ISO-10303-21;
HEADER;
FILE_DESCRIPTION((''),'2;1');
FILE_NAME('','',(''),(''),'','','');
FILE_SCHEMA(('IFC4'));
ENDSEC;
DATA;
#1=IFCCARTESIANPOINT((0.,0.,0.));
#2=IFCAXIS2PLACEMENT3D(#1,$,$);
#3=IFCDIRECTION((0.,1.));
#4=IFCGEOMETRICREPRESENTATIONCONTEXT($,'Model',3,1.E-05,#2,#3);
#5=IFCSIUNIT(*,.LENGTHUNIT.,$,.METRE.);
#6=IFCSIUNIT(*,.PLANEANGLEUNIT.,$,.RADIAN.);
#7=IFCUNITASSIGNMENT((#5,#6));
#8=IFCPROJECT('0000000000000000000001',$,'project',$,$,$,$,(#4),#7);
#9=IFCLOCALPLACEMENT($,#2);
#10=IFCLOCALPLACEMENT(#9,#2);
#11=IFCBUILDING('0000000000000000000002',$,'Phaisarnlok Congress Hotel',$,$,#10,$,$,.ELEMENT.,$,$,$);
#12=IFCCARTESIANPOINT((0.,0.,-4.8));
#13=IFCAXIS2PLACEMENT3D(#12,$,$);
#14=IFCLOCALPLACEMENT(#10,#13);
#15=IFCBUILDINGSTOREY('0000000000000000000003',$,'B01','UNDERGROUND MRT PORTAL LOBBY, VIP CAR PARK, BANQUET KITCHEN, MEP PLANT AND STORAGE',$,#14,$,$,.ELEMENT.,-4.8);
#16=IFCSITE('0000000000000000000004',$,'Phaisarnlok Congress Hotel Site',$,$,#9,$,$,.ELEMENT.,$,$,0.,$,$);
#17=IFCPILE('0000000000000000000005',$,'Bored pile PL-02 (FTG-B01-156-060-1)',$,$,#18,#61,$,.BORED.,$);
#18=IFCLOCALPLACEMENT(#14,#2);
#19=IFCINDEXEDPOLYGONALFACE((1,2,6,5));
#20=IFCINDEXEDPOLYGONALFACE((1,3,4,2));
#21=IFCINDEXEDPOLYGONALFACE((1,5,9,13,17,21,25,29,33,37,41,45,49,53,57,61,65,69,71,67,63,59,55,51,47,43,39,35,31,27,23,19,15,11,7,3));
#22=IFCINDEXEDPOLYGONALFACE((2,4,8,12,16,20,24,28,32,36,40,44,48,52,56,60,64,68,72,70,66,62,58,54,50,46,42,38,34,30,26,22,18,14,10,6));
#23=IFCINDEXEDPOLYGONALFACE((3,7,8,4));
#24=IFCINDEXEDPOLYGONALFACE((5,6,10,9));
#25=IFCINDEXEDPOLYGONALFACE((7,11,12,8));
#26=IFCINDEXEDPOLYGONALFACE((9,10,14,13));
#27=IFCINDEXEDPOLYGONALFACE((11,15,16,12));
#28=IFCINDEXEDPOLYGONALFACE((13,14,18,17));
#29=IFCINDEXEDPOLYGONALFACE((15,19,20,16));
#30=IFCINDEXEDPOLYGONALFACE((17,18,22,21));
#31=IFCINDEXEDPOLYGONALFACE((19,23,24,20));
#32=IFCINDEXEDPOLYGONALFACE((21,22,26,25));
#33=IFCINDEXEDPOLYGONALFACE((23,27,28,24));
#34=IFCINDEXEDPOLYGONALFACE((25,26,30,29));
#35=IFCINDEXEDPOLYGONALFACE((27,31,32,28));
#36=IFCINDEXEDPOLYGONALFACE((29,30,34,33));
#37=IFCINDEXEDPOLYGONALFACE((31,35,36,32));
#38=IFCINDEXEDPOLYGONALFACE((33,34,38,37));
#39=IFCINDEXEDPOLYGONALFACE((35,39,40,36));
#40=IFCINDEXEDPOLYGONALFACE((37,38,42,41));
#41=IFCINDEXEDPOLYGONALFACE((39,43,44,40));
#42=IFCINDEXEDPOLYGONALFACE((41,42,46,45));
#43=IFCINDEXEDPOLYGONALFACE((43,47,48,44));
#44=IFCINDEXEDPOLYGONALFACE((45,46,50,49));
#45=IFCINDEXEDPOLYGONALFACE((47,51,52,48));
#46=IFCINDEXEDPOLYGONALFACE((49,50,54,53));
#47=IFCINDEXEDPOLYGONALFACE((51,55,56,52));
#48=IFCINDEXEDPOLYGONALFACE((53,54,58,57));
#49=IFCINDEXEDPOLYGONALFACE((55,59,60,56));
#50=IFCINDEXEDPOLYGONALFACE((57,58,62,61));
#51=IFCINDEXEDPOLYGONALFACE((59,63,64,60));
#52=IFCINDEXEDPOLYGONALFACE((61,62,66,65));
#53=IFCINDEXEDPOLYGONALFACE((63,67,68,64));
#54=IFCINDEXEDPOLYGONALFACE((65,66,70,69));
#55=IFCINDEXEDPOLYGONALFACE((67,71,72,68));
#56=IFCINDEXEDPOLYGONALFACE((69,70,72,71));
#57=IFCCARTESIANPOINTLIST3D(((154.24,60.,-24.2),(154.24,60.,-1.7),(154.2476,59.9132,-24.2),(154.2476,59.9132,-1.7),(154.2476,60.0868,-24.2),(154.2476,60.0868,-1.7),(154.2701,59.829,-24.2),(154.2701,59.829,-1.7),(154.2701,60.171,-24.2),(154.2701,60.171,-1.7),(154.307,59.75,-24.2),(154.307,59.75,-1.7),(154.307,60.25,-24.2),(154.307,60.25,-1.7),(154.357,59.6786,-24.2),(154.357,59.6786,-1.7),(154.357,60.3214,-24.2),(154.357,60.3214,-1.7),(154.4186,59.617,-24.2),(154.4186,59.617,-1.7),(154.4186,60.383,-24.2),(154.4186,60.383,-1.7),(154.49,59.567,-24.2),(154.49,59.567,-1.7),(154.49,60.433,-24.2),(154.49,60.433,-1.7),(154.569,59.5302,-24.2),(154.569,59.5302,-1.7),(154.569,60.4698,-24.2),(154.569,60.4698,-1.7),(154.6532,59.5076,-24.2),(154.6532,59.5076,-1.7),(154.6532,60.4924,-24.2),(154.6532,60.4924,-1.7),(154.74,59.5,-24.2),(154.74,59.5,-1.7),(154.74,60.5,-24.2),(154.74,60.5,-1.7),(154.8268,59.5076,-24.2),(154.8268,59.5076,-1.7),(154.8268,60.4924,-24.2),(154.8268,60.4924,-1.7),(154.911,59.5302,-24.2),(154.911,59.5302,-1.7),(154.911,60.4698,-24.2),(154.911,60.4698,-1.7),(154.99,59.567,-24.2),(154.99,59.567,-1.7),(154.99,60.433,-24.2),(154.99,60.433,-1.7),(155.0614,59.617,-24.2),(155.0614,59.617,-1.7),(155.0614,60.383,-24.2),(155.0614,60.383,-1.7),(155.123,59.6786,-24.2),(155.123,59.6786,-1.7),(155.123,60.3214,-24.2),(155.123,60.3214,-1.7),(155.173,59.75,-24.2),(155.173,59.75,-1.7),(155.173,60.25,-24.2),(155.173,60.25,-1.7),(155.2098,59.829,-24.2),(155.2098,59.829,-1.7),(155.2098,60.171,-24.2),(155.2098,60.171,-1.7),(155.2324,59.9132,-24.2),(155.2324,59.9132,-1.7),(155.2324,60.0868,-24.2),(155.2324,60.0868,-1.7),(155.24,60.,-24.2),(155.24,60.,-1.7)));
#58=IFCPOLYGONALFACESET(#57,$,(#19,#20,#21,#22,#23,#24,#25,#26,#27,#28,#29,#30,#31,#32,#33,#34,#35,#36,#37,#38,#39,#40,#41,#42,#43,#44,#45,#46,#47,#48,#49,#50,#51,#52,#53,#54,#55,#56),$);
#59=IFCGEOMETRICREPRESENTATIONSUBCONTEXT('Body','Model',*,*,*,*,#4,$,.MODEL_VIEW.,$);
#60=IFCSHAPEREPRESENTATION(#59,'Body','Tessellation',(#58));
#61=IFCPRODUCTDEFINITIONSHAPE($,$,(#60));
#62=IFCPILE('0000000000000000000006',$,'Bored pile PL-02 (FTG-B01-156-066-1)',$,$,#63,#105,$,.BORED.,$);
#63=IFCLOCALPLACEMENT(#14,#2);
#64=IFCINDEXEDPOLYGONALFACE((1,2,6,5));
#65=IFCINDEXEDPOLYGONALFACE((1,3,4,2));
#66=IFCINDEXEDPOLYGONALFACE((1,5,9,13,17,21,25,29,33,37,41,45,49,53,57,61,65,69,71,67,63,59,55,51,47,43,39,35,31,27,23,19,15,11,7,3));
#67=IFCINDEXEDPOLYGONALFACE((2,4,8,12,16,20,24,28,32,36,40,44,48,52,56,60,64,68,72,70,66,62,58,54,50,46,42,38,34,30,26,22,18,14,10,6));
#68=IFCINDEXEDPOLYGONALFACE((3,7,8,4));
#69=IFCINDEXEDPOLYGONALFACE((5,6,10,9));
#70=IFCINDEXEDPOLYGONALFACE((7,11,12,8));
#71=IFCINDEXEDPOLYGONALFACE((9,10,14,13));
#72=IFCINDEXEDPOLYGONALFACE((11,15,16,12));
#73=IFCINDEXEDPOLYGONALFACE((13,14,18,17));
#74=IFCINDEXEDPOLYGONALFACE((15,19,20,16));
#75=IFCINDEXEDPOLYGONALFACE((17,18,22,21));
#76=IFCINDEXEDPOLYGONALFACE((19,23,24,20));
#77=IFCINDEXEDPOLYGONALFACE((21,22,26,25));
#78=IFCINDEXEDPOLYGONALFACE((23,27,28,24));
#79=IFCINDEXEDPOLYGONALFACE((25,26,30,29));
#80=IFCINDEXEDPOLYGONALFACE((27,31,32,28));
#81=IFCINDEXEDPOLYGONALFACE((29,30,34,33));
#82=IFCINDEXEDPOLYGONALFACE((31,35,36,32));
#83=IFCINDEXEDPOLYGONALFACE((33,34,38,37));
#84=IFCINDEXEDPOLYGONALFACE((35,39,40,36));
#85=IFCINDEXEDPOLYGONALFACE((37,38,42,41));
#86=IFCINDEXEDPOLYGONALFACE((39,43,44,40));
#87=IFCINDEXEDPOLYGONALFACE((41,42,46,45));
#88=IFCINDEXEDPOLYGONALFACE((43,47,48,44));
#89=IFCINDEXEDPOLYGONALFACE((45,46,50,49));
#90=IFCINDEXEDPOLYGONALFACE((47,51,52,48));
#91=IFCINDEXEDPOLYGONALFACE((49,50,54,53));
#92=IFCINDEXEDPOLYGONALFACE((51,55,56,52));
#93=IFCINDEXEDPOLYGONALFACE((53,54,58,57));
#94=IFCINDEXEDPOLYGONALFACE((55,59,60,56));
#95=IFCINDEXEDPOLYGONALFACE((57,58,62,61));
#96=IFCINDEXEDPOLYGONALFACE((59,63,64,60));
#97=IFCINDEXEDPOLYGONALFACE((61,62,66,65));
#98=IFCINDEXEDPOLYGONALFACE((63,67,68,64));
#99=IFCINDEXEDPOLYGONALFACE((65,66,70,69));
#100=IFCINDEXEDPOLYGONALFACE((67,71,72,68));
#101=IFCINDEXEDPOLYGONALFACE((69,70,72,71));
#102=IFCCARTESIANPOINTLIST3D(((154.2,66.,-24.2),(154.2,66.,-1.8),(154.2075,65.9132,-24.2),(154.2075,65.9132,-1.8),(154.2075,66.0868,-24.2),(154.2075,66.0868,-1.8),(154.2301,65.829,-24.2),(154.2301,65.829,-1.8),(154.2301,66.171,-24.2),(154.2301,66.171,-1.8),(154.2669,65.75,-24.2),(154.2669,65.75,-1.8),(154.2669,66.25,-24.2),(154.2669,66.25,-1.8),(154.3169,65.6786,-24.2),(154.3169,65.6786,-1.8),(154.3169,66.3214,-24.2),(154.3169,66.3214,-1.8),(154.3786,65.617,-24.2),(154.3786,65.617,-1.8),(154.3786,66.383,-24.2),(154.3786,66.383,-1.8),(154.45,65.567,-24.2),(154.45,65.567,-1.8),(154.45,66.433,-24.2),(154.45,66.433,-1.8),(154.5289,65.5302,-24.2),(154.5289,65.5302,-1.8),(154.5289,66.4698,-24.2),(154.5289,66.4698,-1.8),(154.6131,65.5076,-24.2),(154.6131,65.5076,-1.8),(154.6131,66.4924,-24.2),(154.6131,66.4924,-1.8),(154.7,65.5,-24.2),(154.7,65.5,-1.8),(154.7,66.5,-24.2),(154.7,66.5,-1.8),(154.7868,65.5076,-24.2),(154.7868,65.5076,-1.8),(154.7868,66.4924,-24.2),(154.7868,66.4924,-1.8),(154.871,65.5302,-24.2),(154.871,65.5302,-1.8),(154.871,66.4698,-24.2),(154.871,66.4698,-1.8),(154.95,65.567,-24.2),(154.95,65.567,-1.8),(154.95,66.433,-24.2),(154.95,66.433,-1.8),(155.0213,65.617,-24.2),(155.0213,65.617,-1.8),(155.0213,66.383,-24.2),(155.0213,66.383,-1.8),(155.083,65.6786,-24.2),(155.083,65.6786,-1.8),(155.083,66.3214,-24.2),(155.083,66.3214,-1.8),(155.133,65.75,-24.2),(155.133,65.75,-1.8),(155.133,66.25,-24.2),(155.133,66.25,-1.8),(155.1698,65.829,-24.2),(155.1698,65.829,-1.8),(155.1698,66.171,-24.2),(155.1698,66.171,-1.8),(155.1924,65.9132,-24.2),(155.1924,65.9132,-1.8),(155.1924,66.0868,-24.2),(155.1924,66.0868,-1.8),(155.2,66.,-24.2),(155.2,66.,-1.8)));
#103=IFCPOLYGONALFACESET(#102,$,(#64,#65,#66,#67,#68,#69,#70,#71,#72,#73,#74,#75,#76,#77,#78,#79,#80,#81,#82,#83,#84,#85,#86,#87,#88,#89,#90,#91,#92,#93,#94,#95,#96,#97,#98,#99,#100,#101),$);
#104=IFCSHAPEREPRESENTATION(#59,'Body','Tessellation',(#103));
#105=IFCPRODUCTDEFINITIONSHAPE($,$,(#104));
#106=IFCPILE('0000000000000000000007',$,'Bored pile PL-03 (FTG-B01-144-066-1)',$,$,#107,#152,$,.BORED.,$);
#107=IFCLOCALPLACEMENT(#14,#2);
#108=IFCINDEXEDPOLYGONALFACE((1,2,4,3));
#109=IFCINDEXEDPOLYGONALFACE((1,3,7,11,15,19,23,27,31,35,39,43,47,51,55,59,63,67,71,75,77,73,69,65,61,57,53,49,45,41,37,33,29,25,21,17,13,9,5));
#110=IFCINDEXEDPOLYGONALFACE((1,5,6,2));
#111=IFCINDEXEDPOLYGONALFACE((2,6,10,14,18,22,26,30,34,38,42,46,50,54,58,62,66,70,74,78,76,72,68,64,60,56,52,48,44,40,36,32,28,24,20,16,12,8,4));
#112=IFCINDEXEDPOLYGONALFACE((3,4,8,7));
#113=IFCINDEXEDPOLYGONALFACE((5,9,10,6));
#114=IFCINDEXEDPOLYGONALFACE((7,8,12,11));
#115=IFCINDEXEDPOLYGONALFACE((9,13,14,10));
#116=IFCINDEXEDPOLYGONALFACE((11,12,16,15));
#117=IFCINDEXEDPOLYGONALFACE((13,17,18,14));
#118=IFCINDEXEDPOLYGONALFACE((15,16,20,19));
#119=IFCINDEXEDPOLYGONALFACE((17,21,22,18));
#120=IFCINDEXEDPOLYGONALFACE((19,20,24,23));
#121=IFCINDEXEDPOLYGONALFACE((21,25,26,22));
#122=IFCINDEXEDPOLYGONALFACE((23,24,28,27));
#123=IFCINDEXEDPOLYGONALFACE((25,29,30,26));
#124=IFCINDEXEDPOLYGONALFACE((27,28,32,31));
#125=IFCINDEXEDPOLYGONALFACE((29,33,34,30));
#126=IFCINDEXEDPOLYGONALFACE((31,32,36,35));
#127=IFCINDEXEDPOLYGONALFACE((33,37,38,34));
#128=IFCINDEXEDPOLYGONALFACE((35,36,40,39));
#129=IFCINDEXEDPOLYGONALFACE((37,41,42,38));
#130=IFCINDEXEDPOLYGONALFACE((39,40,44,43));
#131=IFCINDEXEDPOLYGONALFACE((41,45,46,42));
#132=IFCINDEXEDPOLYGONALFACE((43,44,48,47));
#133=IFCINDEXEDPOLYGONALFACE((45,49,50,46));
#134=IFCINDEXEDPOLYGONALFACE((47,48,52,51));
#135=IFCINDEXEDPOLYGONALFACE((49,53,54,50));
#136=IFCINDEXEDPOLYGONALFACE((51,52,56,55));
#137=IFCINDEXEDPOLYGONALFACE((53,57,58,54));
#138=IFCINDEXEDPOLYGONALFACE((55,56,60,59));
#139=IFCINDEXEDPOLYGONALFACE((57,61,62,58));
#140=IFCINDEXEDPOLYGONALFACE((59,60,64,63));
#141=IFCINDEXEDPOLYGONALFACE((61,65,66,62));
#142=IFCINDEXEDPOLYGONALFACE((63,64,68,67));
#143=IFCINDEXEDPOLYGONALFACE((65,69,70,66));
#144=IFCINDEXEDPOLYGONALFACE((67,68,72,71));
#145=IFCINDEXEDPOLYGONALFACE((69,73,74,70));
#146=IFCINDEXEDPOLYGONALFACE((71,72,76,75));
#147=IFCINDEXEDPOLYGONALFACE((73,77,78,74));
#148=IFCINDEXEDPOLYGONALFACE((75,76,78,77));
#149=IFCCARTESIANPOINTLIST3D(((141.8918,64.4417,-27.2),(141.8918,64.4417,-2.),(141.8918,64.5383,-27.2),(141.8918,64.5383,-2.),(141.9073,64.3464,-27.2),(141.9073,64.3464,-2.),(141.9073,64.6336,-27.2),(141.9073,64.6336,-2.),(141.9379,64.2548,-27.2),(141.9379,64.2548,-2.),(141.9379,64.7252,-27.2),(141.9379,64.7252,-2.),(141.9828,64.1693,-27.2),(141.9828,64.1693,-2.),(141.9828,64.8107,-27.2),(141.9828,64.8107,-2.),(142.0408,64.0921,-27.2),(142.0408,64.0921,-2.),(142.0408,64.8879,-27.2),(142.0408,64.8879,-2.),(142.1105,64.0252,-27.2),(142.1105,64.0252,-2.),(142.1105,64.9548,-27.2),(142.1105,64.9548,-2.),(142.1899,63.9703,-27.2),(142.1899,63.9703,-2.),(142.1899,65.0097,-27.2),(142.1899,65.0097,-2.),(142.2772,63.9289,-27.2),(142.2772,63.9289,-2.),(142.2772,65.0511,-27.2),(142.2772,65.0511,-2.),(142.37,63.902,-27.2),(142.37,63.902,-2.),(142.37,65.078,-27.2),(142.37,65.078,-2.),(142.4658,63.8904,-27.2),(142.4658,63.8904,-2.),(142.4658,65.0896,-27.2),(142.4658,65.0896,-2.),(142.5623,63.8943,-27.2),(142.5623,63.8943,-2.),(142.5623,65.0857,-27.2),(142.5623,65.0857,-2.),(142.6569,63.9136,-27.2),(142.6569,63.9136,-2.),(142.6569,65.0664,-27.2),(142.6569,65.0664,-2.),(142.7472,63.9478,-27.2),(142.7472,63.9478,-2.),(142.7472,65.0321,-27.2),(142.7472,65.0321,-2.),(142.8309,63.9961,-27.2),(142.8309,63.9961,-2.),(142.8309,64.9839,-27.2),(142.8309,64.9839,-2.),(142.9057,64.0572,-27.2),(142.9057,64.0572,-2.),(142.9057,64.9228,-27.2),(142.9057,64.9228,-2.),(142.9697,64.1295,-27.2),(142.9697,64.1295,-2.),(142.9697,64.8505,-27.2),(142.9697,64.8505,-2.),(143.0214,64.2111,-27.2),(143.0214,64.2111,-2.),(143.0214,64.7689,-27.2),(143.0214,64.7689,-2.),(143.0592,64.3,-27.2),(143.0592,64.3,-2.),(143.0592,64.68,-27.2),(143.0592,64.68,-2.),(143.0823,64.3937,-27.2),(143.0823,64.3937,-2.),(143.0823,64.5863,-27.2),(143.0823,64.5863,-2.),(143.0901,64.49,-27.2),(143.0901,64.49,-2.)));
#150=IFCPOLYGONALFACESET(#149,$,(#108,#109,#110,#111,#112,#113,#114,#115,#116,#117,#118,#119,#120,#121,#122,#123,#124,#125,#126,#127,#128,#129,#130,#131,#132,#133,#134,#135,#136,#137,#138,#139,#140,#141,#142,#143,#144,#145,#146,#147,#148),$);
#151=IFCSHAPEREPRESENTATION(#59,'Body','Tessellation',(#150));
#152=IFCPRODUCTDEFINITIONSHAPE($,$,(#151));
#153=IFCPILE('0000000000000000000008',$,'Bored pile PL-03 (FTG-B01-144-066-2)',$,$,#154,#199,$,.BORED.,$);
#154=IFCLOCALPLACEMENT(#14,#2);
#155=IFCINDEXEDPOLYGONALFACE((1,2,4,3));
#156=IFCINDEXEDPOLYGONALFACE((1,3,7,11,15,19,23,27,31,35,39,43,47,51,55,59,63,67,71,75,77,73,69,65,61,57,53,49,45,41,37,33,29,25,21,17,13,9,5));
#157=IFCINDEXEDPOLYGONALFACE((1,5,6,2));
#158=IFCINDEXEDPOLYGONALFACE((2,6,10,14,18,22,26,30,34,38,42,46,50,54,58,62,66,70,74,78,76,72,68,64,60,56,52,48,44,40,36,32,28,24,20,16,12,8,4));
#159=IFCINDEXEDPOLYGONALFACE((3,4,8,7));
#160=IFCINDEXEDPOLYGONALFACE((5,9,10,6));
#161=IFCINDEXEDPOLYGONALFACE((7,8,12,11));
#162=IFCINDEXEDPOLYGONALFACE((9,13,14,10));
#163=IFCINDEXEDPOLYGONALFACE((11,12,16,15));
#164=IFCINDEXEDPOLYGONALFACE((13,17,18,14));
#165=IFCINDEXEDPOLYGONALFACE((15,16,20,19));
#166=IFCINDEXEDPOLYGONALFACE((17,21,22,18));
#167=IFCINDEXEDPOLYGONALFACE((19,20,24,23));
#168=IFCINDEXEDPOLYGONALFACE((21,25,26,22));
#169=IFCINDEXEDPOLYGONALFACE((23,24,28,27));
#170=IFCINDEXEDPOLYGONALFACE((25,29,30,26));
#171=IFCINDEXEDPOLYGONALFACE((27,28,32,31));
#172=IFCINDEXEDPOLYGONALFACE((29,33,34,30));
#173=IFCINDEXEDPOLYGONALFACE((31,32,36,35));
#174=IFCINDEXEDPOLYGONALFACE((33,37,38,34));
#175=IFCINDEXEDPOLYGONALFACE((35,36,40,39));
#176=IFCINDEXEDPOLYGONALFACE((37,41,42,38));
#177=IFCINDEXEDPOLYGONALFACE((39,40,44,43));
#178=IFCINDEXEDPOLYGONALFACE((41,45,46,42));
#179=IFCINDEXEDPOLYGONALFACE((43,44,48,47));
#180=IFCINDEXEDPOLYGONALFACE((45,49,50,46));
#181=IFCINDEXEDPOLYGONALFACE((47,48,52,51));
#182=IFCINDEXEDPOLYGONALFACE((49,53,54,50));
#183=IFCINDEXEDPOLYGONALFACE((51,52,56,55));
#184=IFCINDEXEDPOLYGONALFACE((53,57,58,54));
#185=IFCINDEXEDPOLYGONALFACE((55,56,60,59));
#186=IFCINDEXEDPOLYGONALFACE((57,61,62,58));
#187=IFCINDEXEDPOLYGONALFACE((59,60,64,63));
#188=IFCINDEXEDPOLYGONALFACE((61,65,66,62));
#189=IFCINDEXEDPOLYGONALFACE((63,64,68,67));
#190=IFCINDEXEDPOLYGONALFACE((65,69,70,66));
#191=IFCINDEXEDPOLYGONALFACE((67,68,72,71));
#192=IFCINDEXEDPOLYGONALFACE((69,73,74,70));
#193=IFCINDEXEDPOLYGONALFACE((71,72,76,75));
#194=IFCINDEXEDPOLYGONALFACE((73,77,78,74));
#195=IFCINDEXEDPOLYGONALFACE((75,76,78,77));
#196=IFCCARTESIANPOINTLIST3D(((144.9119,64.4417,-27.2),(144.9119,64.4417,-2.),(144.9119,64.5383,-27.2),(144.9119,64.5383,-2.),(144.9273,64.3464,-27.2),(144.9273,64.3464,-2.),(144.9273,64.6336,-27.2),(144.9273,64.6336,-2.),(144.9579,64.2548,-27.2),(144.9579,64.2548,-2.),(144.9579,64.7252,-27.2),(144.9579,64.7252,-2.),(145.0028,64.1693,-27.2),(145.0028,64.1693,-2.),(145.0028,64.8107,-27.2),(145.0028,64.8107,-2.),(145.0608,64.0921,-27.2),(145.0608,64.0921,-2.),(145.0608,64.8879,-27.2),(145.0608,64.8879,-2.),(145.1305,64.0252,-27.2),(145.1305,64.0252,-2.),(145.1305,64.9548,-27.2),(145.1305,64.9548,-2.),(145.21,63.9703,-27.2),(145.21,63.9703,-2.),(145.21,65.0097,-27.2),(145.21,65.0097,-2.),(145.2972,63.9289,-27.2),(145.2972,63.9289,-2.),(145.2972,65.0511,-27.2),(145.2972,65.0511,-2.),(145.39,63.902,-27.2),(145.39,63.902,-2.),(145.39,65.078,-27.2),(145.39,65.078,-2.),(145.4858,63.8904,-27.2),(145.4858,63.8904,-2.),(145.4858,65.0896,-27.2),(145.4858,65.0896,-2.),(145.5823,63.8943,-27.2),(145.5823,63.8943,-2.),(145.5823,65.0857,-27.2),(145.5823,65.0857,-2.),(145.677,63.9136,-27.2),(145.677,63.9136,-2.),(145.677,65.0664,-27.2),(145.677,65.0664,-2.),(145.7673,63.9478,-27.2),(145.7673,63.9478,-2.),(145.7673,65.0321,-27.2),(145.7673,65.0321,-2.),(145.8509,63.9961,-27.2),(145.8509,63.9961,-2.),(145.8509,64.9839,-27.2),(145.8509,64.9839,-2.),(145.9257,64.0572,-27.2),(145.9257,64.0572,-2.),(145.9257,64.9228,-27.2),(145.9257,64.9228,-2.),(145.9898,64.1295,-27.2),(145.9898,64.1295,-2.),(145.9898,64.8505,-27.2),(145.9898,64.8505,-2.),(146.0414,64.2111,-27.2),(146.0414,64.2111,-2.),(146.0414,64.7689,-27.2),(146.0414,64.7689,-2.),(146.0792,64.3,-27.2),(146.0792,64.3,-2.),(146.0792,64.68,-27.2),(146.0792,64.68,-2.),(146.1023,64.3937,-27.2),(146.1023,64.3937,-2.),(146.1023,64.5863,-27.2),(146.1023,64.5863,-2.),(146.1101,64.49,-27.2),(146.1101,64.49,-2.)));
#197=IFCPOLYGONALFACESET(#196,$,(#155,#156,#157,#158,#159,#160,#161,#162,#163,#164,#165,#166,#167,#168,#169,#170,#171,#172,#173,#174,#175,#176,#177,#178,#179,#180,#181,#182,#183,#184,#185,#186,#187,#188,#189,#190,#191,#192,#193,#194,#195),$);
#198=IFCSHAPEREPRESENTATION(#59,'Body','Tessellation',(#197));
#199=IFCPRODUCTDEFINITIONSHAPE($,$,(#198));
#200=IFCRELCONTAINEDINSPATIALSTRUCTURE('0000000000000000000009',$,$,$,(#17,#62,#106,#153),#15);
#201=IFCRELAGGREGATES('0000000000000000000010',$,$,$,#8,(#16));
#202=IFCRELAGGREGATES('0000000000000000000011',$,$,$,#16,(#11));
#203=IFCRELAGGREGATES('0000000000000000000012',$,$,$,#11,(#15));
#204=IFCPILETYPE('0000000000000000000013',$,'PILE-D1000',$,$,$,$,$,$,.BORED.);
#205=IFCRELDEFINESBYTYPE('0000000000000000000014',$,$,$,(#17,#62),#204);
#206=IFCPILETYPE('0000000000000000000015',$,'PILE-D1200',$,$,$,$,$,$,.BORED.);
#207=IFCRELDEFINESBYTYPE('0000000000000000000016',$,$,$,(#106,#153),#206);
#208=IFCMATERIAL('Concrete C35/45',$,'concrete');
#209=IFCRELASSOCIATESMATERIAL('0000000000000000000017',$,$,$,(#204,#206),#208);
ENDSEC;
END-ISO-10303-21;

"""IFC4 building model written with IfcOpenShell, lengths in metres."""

from ifc_helpers import new_model, si_unit, direction, frame, origin, origin_2d, place, context, subcontext, project, spatial, circle, extrude, material, material_profile, profile_set, type_object, element, save


model = new_model("IFC4")

# Units and contexts
model_context = context("Model", 3, precision=1e-05, world=origin(), true_north=direction((0.0, 1.0)))
body_context = subcontext(model_context, "Body", "Model", "MODEL_VIEW")
ifc_project = project(units=[si_unit("LENGTHUNIT", "METRE"), si_unit("PLANEANGLEUNIT", "RADIAN")], contexts=[model_context])

# Site, building, storey
site_placement = place(None, origin())
site = spatial("IfcSite", under=ifc_project, at=site_placement, Name="Phaisarnlok Congress Hotel Site", CompositionType="ELEMENT", RefElevation=0.0)
building_placement = place(site_placement, origin())
building = spatial("IfcBuilding", under=site, at=building_placement, Name="Phaisarnlok Congress Hotel", CompositionType="ELEMENT")
storey_placement = place(building_placement, frame((0.0, 0.0, -4.8)))
storey = spatial("IfcBuildingStorey", under=building, at=storey_placement, Name="B01", Description="UNDERGROUND MRT PORTAL LOBBY, VIP CAR PARK, BANQUET KITCHEN, MEP PLANT AND STORAGE", CompositionType="ELEMENT", Elevation=-4.8)

# Piles
ifc_material_1 = material(Name="Concrete C35/45", Category="concrete")
ifc_material_profile_1 = material_profile(ifc_material_1, circle(Radius=0.5, at=origin_2d()), Name="BORED PILE D1000")
ifc_profile_set_1 = profile_set([ifc_material_profile_1], Name="Concrete C35/45")
pile_type_1 = type_object("IfcPileType", Name="PILE-D1000", PredefinedType="BORED", material=ifc_profile_set_1)
pile_1_placement = place(storey_placement, frame((154.74, 60.0, -1.7), z_axis=(0.0, 0.0, -1.0), x_axis=(1.0, 0.0, 0.0)))
element("IfcPile", 1, at=pile_1_placement, inside=storey, type_object=pile_type_1, Name="Bored pile PL-02 (FTG-B01-156-060-1)", PredefinedType="BORED", context=body_context, shape_type="SweptSolid", body=[
    extrude(circle(Radius=0.5, at=origin_2d()), origin(), (0.0, 0.0, 1.0), 22.5),
])
pile_2_placement = place(storey_placement, frame((154.7, 66.0, -1.8), z_axis=(0.0, 0.0, -1.0), x_axis=(1.0, 0.0, 0.0)))
element("IfcPile", 2, at=pile_2_placement, inside=storey, type_object=pile_type_1, Name="Bored pile PL-02 (FTG-B01-156-066-1)", PredefinedType="BORED", context=body_context, shape_type="SweptSolid", body=[
    extrude(circle(Radius=0.5, at=origin_2d()), origin(), (0.0, 0.0, 1.0), 22.3999),
])
ifc_material_profile_2 = material_profile(ifc_material_1, circle(Radius=0.6001, at=origin_2d()), Name="BORED PILE D1200")
ifc_profile_set_2 = profile_set([ifc_material_profile_2], Name="Concrete C35/45")
pile_type_2 = type_object("IfcPileType", Name="PILE-D1200", PredefinedType="BORED", material=ifc_profile_set_2)
for number, where, z_axis, x_axis, name in (
    (3, (142.49, 64.49, -2.0), (0.0, 0.0, -1.0), (1.0, 0.0, 0.0), "Bored pile PL-03 (FTG-B01-144-066-1)"),
    (4, (145.51, 64.49, -2.0), (0.0, 0.0, -1.0), (1.0, 0.0, 0.0), "Bored pile PL-03 (FTG-B01-144-066-2)"),
):
    element("IfcPile", number, at=place(storey_placement, frame(where, z_axis=z_axis, x_axis=x_axis)), inside=storey, type_object=pile_type_2, Name=name, PredefinedType="BORED", context=body_context, shape_type="SweptSolid", body=[
        extrude(circle(Radius=0.6001, at=origin_2d()), origin(), (0.0, 0.0, 1.0), 25.2),
    ])

save(model, "model.ifc")
